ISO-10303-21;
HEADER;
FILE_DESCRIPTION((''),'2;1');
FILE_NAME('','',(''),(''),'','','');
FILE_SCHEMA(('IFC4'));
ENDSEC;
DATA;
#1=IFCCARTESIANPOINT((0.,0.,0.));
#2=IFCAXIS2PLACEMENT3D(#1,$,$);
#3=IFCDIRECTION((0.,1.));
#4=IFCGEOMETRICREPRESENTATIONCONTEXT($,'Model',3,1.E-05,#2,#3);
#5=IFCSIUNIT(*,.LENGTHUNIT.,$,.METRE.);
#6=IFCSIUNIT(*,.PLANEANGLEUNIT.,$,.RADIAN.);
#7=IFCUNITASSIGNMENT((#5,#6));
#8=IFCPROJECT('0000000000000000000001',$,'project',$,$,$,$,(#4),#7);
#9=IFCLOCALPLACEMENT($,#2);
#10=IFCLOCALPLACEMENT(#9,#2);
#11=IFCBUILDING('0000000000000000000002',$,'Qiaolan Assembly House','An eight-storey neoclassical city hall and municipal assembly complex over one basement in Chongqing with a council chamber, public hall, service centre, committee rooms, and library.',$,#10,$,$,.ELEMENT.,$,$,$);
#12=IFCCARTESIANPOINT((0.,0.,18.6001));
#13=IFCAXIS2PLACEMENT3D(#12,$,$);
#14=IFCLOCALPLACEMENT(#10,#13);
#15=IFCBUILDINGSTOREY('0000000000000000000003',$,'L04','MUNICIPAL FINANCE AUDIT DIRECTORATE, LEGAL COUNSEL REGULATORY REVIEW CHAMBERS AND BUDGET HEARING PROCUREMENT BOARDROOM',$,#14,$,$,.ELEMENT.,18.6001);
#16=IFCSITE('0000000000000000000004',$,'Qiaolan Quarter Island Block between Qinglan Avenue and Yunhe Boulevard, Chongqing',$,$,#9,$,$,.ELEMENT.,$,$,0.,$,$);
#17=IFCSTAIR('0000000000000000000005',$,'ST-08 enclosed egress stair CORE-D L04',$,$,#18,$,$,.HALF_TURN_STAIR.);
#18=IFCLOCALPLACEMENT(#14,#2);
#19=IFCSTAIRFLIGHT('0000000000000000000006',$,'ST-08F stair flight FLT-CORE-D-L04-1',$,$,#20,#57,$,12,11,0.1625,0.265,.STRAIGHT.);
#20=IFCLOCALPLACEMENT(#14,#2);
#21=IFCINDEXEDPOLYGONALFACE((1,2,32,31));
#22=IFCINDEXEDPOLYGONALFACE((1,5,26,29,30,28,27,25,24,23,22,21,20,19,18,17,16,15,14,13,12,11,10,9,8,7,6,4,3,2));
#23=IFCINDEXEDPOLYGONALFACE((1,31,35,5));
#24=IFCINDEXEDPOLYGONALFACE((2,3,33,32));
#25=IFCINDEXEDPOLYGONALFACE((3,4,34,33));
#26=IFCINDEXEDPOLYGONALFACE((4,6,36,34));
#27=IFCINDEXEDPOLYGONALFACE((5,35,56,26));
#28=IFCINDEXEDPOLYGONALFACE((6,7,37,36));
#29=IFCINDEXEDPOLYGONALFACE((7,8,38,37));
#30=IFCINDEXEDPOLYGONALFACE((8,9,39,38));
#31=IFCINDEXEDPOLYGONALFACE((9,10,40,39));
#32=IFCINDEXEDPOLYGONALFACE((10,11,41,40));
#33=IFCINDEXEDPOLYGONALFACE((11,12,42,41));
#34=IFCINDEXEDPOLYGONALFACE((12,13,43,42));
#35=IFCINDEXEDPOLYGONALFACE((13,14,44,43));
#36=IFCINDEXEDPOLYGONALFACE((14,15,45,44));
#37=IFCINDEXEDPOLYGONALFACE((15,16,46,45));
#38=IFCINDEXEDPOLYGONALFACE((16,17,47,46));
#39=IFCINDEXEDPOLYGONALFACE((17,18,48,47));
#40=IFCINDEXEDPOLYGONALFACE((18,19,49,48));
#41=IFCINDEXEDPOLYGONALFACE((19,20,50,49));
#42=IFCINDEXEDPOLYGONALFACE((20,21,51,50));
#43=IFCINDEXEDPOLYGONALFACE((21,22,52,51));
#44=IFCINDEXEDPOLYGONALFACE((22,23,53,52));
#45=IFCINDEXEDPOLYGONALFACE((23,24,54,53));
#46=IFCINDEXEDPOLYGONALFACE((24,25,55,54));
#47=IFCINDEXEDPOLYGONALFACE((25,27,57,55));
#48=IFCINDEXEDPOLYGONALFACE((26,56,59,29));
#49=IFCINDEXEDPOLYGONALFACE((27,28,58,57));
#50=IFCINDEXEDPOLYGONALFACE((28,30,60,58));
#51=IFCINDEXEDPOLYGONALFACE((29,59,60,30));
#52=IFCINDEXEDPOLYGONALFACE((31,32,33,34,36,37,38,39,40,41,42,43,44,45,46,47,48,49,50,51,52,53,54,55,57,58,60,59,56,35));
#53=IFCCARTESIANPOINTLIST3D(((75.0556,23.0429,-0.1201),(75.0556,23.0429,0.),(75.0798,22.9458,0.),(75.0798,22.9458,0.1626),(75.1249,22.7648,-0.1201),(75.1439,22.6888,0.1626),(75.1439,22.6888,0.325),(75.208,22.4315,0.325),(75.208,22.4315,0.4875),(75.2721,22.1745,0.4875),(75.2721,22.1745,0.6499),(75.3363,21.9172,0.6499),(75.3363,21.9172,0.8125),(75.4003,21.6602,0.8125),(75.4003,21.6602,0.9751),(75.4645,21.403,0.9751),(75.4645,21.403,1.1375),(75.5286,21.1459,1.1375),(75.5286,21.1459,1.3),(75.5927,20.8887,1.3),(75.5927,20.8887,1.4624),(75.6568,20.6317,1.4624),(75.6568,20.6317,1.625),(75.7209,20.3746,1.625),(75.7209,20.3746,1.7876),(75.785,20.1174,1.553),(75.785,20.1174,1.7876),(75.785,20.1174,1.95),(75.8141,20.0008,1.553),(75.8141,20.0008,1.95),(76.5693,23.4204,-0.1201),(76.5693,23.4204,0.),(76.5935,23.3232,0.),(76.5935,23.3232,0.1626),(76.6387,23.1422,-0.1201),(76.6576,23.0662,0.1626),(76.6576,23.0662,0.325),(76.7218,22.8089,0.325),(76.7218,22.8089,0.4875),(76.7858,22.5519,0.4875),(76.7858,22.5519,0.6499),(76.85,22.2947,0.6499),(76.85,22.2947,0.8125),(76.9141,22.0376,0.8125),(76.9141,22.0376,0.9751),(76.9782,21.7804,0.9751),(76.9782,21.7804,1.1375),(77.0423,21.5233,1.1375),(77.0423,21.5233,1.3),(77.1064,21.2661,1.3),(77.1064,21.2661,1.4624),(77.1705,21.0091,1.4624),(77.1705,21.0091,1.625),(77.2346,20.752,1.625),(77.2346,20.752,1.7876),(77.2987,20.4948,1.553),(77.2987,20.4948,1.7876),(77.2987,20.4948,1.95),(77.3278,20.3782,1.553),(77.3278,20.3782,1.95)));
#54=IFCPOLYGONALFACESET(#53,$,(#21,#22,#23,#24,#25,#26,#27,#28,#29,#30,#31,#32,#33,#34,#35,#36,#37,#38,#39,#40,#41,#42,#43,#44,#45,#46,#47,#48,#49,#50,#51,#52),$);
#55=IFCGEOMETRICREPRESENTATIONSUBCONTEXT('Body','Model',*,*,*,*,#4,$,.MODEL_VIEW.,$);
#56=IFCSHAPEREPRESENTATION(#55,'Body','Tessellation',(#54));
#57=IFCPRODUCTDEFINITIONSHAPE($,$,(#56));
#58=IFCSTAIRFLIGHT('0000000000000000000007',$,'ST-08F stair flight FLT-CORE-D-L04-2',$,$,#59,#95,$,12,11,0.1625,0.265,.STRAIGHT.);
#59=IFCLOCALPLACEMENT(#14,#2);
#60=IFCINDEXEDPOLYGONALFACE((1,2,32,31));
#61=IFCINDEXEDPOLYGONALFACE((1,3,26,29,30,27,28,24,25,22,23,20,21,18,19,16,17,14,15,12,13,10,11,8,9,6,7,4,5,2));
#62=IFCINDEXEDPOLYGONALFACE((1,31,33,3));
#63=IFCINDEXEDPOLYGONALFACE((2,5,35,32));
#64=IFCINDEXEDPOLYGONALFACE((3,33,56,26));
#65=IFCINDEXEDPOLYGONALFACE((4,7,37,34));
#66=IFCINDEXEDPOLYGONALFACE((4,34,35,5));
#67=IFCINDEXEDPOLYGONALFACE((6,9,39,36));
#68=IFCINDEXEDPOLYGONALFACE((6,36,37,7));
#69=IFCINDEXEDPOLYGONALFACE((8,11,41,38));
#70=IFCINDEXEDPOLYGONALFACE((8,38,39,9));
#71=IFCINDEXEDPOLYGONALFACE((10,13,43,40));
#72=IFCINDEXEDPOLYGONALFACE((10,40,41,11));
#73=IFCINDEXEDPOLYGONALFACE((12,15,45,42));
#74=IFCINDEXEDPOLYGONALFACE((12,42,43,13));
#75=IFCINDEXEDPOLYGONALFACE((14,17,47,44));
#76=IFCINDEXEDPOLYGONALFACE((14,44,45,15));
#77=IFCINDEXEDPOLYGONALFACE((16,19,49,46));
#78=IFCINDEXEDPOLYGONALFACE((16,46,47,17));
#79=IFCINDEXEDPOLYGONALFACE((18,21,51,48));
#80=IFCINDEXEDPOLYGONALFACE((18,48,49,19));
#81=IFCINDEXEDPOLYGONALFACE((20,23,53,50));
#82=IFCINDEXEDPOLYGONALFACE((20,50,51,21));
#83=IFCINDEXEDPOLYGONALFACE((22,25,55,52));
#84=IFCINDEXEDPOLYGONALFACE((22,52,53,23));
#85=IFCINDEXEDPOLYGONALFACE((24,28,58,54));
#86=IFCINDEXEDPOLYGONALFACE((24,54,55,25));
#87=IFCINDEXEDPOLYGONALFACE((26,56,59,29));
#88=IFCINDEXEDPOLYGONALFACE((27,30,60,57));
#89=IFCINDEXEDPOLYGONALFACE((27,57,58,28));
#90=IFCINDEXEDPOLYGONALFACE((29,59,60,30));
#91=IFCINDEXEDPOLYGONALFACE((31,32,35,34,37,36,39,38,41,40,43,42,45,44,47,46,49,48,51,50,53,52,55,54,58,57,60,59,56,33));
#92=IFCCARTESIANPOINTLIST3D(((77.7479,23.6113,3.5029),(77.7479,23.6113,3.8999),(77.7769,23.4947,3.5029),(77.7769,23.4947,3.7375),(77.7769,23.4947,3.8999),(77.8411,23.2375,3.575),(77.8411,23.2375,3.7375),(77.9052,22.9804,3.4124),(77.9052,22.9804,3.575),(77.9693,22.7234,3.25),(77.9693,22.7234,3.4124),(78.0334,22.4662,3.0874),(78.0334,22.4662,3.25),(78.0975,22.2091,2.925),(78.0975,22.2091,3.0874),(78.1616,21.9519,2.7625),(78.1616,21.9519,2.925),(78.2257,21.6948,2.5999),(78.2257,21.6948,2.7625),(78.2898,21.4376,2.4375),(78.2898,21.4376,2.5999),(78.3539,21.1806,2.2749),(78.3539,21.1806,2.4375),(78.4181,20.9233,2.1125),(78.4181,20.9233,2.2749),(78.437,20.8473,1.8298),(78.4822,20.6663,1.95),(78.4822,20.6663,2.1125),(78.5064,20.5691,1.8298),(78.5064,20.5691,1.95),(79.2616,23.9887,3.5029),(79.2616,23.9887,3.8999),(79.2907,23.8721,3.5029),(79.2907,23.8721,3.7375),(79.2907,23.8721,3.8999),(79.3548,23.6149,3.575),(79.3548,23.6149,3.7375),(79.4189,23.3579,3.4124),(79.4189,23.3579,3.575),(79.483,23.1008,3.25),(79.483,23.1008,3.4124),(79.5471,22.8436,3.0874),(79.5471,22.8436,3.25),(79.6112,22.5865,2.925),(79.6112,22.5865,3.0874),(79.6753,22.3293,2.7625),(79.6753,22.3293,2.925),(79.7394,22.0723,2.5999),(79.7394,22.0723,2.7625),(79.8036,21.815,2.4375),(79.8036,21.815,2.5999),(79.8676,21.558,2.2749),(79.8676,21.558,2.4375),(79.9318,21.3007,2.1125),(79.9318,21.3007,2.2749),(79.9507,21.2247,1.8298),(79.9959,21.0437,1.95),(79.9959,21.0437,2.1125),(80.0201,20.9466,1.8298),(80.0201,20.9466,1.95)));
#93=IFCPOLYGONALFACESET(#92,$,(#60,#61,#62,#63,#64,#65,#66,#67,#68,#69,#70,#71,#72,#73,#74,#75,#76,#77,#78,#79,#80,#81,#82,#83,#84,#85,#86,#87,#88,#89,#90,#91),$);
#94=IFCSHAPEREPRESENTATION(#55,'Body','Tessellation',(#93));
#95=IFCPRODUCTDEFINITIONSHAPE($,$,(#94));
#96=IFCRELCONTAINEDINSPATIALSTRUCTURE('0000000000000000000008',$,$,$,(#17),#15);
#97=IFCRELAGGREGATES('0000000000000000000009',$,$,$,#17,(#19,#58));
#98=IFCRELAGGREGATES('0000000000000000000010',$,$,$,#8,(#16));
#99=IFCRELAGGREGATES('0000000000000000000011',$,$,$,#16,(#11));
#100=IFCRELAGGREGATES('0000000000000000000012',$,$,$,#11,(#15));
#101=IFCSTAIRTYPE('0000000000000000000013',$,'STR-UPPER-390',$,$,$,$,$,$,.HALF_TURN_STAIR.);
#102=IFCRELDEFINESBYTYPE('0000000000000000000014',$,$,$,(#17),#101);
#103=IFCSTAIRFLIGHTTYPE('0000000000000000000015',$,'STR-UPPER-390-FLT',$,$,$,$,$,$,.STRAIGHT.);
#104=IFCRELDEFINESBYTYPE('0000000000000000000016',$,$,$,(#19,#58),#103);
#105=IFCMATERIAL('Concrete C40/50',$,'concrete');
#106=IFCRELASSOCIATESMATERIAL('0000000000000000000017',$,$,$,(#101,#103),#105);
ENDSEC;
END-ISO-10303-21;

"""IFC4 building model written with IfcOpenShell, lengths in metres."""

from ifc_helpers import new_model, si_unit, direction, frame, origin, place, context, subcontext, project, spatial, polyline, outline, extrude, material, type_object, element, aggregate, save


model = new_model("IFC4")

# Units and contexts
model_context = context("Model", 3, precision=1e-05, world=origin(), true_north=direction((0.0, 1.0)))
body_context = subcontext(model_context, "Body", "Model", "MODEL_VIEW")
ifc_project = project(units=[si_unit("LENGTHUNIT", "METRE"), si_unit("PLANEANGLEUNIT", "RADIAN")], contexts=[model_context])

# Site, building, storey
site_placement = place(None, origin())
site = spatial("IfcSite", under=ifc_project, at=site_placement, Name="Qiaolan Quarter Island Block between Qinglan Avenue and Yunhe Boulevard, Chongqing", CompositionType="ELEMENT", RefElevation=0.0)
building_placement = place(site_placement, origin())
building = spatial("IfcBuilding", under=site, at=building_placement, Name="Qiaolan Assembly House", Description="An eight-storey neoclassical city hall and municipal assembly complex over one basement in Chongqing with a council chamber, public hall, service centre, committee rooms, and library.", CompositionType="ELEMENT")
storey_placement = place(building_placement, frame((0.0, 0.0, 18.6001)))
storey = spatial("IfcBuildingStorey", under=building, at=storey_placement, Name="L04", Description="MUNICIPAL FINANCE AUDIT DIRECTORATE, LEGAL COUNSEL REGULATORY REVIEW CHAMBERS AND BUDGET HEARING PROCUREMENT BOARDROOM", CompositionType="ELEMENT", Elevation=18.6001)

# Shared definitions
ifc_material_1 = material(Name="Concrete C40/50", Category="concrete")

# Stair, stair flights
stair_type = type_object("IfcStairType", Name="STR-UPPER-390", PredefinedType="HALF_TURN_STAIR", material=ifc_material_1)
stair_placement = place(storey_placement, origin())
stair = element("IfcStair", 1, at=stair_placement, inside=storey, type_object=stair_type, Name="ST-08 enclosed egress stair CORE-D L04", PredefinedType="HALF_TURN_STAIR")
stair_flight_type = type_object("IfcStairFlightType", Name="STR-UPPER-390-FLT", PredefinedType="STRAIGHT", material=ifc_material_1)
stair_flight_1_placement = place(storey_placement, frame((75.8367, 23.1345, 0.0), z_axis=(0.0, 0.0, 1.0), x_axis=(0.241922, -0.970296, 0.0)))
stair_flight_1 = element("IfcStairFlight", 2, at=stair_flight_1_placement, type_object=stair_flight_type, Name="ST-08F stair flight FLT-CORE-D-L04-1", NumberOfRisers=12, NumberOfTreads=11, PredefinedType="STRAIGHT", RiserHeight=0.1625, TreadLength=0.265, context=body_context, shape_type="SweptSolid", body=[
    extrude(outline(polyline([(-0.1001, -0.1201), (-0.1001, 0.0), (0.0, 0.0), (0.0, 0.1626), (0.2649, 0.1626), (0.2649, 0.325), (0.53, 0.325), (0.53, 0.4875), (0.7949, 0.4875), (0.7949, 0.6499), (1.0601, 0.6499), (1.0601, 0.8125), (1.325, 0.8125), (1.325, 0.9751), (1.5901, 0.9751), (1.5901, 1.1375), (1.855, 1.1375), (1.855, 1.3), (2.1201, 1.3), (2.1201, 1.4624), (2.385, 1.4624), (2.385, 1.625), (2.6499, 1.625), (2.6499, 1.7876), (2.915, 1.7876), (2.915, 1.95), (3.0352, 1.95), (3.0352, 1.553), (2.915, 1.553), (0.1865, -0.1201), (-0.1001, -0.1201)])), frame((0.0, 0.78, 0.0), z_axis=(0.0, -1.0, 0.0), x_axis=(1.0, 0.0, 0.0)), (0.0, 0.0, 1.0), 1.5601),
])
stair_flight_2_placement = place(storey_placement, frame((79.239, 20.855, 1.95), z_axis=(0.0, 0.0, 1.0), x_axis=(-0.241922, 0.970296, 0.0)))
stair_flight_2 = element("IfcStairFlight", 3, at=stair_flight_2_placement, type_object=stair_flight_type, Name="ST-08F stair flight FLT-CORE-D-L04-2", NumberOfRisers=12, NumberOfTreads=11, PredefinedType="STRAIGHT", RiserHeight=0.1625, TreadLength=0.265, context=body_context, shape_type="SweptSolid", body=[
    extrude(outline(polyline([(-0.1001, -0.1201), (-0.1001, 0.0), (0.0, 0.0), (0.0, 0.1626), (0.2649, 0.1626), (0.2649, 0.325), (0.53, 0.325), (0.53, 0.4875), (0.7949, 0.4875), (0.7949, 0.6499), (1.0601, 0.6499), (1.0601, 0.8125), (1.325, 0.8125), (1.325, 0.9751), (1.5901, 0.9751), (1.5901, 1.1375), (1.855, 1.1375), (1.855, 1.3), (2.1201, 1.3), (2.1201, 1.4624), (2.385, 1.4624), (2.385, 1.625), (2.6499, 1.625), (2.6499, 1.7876), (2.915, 1.7876), (2.915, 1.95), (3.0352, 1.95), (3.0352, 1.553), (2.915, 1.553), (0.1865, -0.1201), (-0.1001, -0.1201)])), frame((0.0, 0.78, 0.0), z_axis=(0.0, -1.0, 0.0), x_axis=(1.0, 0.0, 0.0)), (0.0, 0.0, 1.0), 1.5601),
])
aggregate(stair, [stair_flight_1, stair_flight_2])

save(model, "model.ifc")
